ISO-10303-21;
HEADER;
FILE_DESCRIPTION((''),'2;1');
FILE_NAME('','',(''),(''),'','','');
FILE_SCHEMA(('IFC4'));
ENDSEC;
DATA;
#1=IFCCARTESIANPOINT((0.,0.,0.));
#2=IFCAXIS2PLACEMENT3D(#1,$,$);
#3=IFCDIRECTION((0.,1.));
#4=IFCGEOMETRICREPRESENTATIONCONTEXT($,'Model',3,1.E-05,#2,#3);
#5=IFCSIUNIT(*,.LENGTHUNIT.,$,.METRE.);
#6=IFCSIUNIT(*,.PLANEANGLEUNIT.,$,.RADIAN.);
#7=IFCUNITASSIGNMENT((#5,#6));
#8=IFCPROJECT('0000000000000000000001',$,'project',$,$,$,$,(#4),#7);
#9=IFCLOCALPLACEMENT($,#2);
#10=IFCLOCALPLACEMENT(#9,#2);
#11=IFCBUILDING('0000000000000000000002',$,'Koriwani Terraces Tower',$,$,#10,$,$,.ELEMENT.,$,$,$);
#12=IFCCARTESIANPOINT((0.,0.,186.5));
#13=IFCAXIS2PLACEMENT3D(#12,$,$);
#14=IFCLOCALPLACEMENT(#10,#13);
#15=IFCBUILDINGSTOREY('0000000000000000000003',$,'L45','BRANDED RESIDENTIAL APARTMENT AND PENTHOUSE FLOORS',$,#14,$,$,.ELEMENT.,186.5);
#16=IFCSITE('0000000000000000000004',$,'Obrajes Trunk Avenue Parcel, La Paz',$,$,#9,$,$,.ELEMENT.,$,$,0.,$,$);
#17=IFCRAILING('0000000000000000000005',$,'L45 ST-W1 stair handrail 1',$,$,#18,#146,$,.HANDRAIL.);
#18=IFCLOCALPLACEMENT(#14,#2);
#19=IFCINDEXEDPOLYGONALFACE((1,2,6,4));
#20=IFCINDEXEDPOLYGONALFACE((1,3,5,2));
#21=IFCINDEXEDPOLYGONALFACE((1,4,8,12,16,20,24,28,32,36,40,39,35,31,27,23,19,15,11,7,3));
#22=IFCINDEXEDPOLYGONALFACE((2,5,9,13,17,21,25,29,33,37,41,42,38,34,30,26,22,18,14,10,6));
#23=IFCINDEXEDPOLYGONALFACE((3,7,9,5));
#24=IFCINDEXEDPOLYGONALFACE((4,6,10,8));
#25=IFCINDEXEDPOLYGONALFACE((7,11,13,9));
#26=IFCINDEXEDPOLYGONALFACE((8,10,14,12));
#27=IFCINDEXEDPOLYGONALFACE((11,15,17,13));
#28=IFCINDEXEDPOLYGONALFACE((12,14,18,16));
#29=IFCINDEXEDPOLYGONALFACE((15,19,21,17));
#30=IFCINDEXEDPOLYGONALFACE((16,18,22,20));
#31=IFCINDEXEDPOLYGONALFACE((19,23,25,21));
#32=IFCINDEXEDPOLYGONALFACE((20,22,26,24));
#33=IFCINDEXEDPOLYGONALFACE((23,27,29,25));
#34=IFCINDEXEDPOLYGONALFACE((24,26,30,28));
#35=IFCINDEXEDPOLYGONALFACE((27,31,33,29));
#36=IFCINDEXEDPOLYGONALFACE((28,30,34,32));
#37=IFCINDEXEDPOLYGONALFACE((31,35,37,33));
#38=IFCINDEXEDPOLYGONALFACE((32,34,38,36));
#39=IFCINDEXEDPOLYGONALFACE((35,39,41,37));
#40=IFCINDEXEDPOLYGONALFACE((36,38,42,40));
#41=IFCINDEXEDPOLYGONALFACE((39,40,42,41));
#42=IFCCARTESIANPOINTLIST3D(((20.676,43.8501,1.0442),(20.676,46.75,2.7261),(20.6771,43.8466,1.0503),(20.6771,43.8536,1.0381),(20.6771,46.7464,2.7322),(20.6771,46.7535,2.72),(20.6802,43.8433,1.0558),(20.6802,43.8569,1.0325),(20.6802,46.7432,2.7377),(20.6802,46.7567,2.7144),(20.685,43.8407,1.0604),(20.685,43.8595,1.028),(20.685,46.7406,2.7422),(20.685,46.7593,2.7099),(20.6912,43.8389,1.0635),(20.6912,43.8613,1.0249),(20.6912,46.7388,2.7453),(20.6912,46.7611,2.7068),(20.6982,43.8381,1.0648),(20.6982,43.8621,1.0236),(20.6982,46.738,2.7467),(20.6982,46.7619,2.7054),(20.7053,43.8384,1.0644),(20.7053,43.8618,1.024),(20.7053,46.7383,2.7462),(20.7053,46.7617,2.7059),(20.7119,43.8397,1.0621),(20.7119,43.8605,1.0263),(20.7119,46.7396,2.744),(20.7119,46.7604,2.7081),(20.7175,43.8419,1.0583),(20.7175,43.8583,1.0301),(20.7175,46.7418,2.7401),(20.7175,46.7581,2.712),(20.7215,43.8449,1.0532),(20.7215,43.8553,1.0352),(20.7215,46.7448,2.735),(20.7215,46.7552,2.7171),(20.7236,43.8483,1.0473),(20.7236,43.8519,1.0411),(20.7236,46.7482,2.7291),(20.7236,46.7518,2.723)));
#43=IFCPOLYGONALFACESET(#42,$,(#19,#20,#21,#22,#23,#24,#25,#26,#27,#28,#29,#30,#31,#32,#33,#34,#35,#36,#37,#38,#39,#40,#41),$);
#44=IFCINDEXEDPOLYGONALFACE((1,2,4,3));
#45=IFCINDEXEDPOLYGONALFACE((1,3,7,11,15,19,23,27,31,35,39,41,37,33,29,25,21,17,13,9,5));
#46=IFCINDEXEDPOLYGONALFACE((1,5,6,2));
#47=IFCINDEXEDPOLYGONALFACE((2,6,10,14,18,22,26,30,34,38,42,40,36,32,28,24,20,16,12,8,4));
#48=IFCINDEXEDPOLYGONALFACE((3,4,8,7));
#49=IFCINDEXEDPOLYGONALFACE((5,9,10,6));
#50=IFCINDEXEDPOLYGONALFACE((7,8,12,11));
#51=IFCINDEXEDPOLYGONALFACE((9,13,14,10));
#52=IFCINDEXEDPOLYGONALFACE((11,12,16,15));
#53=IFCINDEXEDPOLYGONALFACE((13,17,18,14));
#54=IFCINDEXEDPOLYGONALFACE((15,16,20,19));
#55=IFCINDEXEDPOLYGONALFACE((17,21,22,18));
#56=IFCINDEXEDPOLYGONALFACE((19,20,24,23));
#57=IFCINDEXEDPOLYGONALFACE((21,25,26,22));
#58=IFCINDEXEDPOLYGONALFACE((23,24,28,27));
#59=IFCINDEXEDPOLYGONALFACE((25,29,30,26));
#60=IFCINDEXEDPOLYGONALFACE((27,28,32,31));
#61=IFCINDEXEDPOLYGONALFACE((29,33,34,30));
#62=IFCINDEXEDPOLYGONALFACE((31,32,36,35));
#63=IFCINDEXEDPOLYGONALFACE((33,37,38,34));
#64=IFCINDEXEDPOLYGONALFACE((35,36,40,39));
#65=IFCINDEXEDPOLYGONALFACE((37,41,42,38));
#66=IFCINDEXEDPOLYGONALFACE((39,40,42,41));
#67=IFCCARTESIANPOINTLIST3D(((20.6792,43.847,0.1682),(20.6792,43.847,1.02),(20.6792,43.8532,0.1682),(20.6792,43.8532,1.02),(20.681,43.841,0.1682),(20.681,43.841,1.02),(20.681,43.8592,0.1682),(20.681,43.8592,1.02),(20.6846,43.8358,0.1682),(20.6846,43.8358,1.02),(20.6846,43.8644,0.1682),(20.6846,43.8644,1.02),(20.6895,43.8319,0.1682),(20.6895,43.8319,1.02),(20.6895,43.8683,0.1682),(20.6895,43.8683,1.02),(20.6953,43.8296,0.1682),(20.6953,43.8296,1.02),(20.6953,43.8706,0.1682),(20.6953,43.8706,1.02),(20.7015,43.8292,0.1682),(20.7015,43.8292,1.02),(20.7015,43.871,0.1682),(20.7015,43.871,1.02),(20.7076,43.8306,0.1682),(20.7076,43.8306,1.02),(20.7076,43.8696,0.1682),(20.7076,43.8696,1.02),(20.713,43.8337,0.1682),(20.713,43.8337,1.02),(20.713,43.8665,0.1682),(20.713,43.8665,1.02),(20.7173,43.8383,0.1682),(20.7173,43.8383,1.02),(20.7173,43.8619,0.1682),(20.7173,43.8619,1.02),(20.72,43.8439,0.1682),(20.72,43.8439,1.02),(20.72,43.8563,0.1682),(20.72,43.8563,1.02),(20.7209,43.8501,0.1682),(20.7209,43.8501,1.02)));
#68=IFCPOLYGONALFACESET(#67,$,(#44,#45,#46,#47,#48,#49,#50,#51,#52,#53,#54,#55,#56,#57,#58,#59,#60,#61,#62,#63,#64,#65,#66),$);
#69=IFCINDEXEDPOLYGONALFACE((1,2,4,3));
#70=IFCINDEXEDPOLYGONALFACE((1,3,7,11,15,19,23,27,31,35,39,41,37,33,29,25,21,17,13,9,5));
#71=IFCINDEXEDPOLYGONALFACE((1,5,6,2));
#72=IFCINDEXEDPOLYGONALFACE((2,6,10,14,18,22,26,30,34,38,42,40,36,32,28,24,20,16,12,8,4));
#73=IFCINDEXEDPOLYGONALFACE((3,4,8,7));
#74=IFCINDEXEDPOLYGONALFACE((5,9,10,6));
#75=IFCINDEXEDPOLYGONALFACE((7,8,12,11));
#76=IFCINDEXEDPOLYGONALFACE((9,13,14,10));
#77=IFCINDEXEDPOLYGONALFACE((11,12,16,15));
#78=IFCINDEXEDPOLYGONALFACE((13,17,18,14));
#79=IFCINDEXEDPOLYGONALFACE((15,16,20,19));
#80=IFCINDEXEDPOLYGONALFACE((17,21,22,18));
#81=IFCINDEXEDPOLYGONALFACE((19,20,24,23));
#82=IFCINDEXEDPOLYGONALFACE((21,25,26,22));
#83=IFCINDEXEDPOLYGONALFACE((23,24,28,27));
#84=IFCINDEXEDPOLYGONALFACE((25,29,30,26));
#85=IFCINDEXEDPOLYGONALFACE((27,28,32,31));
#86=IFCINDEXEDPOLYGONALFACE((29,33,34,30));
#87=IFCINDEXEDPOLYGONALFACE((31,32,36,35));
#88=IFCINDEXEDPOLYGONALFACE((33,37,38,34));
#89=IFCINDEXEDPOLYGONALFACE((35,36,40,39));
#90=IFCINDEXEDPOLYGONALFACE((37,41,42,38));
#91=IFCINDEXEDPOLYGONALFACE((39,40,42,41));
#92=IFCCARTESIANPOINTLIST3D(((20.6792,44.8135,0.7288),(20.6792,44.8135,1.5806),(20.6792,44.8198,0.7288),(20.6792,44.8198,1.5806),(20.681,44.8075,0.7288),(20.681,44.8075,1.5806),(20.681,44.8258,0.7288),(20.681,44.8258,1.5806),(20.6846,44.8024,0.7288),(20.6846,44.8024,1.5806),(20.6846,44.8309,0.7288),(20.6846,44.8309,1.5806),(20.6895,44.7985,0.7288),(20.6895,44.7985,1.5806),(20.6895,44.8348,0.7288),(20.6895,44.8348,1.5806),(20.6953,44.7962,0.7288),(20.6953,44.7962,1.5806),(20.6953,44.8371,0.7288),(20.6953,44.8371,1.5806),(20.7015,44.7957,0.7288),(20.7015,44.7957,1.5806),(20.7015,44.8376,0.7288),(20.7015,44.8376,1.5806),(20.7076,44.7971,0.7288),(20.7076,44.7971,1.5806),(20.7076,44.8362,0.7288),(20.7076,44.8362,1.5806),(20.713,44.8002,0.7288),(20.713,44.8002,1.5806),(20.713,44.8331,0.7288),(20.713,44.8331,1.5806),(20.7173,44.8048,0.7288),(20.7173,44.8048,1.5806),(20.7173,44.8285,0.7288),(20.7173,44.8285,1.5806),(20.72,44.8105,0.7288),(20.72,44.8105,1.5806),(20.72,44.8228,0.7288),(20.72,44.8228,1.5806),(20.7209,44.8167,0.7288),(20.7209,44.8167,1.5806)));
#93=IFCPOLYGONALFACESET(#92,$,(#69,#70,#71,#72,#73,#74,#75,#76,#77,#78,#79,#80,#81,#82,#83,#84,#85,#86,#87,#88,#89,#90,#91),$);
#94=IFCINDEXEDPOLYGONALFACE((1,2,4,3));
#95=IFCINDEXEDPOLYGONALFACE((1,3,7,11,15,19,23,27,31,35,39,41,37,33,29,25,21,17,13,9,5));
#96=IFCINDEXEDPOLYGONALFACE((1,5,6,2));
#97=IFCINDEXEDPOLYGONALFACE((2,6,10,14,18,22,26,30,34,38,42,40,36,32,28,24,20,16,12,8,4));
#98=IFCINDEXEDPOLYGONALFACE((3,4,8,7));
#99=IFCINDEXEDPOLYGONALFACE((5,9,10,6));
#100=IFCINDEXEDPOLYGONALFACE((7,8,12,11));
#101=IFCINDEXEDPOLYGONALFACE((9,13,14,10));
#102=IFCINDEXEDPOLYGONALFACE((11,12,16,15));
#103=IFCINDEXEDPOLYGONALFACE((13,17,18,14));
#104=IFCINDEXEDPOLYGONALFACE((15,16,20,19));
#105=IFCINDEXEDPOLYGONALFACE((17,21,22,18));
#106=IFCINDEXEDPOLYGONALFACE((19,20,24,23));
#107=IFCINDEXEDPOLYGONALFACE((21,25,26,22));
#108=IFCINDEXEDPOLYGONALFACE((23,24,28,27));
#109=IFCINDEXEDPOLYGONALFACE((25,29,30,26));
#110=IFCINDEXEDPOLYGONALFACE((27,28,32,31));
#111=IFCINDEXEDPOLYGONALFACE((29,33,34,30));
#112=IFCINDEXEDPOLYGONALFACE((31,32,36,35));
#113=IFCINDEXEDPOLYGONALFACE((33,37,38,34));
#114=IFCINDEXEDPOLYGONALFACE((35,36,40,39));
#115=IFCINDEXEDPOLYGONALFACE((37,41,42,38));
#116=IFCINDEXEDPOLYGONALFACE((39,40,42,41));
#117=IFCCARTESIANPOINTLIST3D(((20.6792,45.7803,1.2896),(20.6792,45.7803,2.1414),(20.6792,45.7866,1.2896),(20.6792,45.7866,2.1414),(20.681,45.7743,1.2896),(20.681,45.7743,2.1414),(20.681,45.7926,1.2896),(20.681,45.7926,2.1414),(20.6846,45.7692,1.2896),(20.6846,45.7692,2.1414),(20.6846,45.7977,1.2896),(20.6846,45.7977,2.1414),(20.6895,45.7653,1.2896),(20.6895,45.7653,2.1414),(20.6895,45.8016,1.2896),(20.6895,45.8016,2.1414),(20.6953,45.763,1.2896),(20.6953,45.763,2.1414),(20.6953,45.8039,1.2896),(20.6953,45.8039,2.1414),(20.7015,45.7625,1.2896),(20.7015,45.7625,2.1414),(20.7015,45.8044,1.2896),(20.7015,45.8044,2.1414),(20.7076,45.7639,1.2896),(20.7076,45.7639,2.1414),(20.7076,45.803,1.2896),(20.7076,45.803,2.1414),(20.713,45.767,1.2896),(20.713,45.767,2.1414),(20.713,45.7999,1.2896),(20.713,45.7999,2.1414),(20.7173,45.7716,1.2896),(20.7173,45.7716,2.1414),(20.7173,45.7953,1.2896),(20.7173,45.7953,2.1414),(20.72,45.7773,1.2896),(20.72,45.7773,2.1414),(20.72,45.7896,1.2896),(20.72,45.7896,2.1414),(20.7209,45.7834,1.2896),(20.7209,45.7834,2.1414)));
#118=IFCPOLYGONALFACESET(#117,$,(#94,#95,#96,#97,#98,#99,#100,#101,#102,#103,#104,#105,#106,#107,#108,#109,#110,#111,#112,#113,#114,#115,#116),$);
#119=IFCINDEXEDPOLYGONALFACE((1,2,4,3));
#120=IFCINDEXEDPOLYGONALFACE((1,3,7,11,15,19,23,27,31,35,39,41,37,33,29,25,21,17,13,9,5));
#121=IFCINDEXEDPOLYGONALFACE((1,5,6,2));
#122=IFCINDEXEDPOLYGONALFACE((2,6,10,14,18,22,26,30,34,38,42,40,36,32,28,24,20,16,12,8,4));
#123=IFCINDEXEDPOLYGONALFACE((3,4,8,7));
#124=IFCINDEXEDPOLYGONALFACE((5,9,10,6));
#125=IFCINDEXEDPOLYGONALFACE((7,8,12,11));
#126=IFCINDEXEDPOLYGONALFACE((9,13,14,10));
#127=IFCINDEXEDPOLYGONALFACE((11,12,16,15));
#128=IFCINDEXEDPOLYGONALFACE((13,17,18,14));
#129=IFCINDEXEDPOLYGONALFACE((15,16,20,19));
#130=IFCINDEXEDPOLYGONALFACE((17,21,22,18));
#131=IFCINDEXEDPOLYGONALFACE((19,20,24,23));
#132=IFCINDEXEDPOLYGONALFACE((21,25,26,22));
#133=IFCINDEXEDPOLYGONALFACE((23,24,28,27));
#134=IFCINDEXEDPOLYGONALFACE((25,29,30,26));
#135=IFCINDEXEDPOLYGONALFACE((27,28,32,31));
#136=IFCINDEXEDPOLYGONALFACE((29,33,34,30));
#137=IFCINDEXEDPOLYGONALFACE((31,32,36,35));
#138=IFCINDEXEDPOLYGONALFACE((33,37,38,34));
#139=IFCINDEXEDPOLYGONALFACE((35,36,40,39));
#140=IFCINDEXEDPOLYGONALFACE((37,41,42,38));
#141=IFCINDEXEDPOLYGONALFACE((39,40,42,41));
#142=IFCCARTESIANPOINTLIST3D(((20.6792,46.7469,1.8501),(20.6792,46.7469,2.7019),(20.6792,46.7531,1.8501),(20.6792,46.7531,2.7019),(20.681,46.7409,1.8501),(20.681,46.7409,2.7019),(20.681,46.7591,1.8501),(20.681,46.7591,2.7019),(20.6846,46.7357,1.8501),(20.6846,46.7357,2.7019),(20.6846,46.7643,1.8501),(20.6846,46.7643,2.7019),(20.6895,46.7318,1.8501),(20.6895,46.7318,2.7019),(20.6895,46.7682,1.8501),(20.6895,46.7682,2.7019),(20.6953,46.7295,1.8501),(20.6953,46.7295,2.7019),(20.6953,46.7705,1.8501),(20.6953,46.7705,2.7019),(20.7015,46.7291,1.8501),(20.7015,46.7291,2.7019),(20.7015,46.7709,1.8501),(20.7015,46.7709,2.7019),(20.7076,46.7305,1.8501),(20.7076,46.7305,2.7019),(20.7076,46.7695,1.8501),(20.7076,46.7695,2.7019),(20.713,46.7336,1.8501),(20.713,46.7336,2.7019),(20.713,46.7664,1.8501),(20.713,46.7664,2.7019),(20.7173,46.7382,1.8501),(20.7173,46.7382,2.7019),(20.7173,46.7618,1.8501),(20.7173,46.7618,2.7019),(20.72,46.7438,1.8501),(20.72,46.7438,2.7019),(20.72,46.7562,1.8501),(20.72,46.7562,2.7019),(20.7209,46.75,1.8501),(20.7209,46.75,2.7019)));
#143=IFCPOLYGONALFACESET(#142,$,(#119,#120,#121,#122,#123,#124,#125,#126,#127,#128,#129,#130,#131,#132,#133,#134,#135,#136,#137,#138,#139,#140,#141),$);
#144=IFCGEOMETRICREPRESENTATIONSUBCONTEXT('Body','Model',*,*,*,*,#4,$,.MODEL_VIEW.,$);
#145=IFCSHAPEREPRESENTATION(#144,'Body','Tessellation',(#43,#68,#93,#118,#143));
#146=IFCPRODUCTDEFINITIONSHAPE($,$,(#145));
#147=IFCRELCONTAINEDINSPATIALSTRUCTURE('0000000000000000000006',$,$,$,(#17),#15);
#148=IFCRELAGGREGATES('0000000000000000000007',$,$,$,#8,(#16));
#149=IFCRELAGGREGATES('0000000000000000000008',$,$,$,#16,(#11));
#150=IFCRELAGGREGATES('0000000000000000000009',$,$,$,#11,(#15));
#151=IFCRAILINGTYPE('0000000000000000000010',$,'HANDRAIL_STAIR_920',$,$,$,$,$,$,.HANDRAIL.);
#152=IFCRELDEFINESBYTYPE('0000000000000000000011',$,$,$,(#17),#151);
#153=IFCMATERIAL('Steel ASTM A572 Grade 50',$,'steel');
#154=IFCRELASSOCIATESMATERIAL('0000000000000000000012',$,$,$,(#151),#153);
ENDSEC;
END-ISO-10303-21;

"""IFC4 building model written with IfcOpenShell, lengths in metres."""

from ifc_helpers import new_model, si_unit, direction, frame, origin, origin_2d, place, context, subcontext, project, spatial, circle, extrude, material, type_object, element, save


model = new_model("IFC4")

# Units and contexts
model_context = context("Model", 3, precision=1e-05, world=origin(), true_north=direction((0.0, 1.0)))
body_context = subcontext(model_context, "Body", "Model", "MODEL_VIEW")
ifc_project = project(units=[si_unit("LENGTHUNIT", "METRE"), si_unit("PLANEANGLEUNIT", "RADIAN")], contexts=[model_context])

# Site, building, storey
site_placement = place(None, origin())
site = spatial("IfcSite", under=ifc_project, at=site_placement, Name="Obrajes Trunk Avenue Parcel, La Paz", CompositionType="ELEMENT", RefElevation=0.0)
building_placement = place(site_placement, origin())
building = spatial("IfcBuilding", under=site, at=building_placement, Name="Koriwani Terraces Tower", CompositionType="ELEMENT")
storey_placement = place(building_placement, frame((0.0, 0.0, 186.5)))
storey = spatial("IfcBuildingStorey", under=building, at=storey_placement, Name="L45", Description="BRANDED RESIDENTIAL APARTMENT AND PENTHOUSE FLOORS", CompositionType="ELEMENT", Elevation=186.5)

# Shared definitions
ifc_material_1 = material(Name="Steel ASTM A572 Grade 50", Category="steel")

# Railing
railing_type_1 = type_object("IfcRailingType", Name="HANDRAIL_STAIR_920", PredefinedType="HANDRAIL", material=ifc_material_1)
railing_1_placement = place(storey_placement, frame((20.7, 43.8501, 0.1682)))
element("IfcRailing", 1, at=railing_1_placement, inside=storey, type_object=railing_type_1, Name="L45 ST-W1 stair handrail 1", PredefinedType="HANDRAIL", context=body_context, shape_type="SweptSolid", body=[
    extrude(circle(Radius=0.0239, at=origin_2d()), frame((0.0, 0.0, 0.876), z_axis=(0.0, 0.865039, 0.501705), x_axis=(-1.0, 0.0, 0.0)), (0.0, 0.0, 1.0), 3.3523),
    extrude(circle(Radius=0.021, at=origin_2d()), origin(), (0.0, 0.0, 1.0), 0.8518),
    extrude(circle(Radius=0.021, at=origin_2d()), frame((0.0, 0.9666, 0.5605)), (0.0, 0.0, 1.0), 0.8518),
    extrude(circle(Radius=0.021, at=origin_2d()), frame((0.0, 1.9333, 1.1213)), (0.0, 0.0, 1.0), 0.8518),
    extrude(circle(Radius=0.021, at=origin_2d()), frame((0.0, 2.8999, 1.6819)), (0.0, 0.0, 1.0), 0.8518),
])

save(model, "model.ifc")
